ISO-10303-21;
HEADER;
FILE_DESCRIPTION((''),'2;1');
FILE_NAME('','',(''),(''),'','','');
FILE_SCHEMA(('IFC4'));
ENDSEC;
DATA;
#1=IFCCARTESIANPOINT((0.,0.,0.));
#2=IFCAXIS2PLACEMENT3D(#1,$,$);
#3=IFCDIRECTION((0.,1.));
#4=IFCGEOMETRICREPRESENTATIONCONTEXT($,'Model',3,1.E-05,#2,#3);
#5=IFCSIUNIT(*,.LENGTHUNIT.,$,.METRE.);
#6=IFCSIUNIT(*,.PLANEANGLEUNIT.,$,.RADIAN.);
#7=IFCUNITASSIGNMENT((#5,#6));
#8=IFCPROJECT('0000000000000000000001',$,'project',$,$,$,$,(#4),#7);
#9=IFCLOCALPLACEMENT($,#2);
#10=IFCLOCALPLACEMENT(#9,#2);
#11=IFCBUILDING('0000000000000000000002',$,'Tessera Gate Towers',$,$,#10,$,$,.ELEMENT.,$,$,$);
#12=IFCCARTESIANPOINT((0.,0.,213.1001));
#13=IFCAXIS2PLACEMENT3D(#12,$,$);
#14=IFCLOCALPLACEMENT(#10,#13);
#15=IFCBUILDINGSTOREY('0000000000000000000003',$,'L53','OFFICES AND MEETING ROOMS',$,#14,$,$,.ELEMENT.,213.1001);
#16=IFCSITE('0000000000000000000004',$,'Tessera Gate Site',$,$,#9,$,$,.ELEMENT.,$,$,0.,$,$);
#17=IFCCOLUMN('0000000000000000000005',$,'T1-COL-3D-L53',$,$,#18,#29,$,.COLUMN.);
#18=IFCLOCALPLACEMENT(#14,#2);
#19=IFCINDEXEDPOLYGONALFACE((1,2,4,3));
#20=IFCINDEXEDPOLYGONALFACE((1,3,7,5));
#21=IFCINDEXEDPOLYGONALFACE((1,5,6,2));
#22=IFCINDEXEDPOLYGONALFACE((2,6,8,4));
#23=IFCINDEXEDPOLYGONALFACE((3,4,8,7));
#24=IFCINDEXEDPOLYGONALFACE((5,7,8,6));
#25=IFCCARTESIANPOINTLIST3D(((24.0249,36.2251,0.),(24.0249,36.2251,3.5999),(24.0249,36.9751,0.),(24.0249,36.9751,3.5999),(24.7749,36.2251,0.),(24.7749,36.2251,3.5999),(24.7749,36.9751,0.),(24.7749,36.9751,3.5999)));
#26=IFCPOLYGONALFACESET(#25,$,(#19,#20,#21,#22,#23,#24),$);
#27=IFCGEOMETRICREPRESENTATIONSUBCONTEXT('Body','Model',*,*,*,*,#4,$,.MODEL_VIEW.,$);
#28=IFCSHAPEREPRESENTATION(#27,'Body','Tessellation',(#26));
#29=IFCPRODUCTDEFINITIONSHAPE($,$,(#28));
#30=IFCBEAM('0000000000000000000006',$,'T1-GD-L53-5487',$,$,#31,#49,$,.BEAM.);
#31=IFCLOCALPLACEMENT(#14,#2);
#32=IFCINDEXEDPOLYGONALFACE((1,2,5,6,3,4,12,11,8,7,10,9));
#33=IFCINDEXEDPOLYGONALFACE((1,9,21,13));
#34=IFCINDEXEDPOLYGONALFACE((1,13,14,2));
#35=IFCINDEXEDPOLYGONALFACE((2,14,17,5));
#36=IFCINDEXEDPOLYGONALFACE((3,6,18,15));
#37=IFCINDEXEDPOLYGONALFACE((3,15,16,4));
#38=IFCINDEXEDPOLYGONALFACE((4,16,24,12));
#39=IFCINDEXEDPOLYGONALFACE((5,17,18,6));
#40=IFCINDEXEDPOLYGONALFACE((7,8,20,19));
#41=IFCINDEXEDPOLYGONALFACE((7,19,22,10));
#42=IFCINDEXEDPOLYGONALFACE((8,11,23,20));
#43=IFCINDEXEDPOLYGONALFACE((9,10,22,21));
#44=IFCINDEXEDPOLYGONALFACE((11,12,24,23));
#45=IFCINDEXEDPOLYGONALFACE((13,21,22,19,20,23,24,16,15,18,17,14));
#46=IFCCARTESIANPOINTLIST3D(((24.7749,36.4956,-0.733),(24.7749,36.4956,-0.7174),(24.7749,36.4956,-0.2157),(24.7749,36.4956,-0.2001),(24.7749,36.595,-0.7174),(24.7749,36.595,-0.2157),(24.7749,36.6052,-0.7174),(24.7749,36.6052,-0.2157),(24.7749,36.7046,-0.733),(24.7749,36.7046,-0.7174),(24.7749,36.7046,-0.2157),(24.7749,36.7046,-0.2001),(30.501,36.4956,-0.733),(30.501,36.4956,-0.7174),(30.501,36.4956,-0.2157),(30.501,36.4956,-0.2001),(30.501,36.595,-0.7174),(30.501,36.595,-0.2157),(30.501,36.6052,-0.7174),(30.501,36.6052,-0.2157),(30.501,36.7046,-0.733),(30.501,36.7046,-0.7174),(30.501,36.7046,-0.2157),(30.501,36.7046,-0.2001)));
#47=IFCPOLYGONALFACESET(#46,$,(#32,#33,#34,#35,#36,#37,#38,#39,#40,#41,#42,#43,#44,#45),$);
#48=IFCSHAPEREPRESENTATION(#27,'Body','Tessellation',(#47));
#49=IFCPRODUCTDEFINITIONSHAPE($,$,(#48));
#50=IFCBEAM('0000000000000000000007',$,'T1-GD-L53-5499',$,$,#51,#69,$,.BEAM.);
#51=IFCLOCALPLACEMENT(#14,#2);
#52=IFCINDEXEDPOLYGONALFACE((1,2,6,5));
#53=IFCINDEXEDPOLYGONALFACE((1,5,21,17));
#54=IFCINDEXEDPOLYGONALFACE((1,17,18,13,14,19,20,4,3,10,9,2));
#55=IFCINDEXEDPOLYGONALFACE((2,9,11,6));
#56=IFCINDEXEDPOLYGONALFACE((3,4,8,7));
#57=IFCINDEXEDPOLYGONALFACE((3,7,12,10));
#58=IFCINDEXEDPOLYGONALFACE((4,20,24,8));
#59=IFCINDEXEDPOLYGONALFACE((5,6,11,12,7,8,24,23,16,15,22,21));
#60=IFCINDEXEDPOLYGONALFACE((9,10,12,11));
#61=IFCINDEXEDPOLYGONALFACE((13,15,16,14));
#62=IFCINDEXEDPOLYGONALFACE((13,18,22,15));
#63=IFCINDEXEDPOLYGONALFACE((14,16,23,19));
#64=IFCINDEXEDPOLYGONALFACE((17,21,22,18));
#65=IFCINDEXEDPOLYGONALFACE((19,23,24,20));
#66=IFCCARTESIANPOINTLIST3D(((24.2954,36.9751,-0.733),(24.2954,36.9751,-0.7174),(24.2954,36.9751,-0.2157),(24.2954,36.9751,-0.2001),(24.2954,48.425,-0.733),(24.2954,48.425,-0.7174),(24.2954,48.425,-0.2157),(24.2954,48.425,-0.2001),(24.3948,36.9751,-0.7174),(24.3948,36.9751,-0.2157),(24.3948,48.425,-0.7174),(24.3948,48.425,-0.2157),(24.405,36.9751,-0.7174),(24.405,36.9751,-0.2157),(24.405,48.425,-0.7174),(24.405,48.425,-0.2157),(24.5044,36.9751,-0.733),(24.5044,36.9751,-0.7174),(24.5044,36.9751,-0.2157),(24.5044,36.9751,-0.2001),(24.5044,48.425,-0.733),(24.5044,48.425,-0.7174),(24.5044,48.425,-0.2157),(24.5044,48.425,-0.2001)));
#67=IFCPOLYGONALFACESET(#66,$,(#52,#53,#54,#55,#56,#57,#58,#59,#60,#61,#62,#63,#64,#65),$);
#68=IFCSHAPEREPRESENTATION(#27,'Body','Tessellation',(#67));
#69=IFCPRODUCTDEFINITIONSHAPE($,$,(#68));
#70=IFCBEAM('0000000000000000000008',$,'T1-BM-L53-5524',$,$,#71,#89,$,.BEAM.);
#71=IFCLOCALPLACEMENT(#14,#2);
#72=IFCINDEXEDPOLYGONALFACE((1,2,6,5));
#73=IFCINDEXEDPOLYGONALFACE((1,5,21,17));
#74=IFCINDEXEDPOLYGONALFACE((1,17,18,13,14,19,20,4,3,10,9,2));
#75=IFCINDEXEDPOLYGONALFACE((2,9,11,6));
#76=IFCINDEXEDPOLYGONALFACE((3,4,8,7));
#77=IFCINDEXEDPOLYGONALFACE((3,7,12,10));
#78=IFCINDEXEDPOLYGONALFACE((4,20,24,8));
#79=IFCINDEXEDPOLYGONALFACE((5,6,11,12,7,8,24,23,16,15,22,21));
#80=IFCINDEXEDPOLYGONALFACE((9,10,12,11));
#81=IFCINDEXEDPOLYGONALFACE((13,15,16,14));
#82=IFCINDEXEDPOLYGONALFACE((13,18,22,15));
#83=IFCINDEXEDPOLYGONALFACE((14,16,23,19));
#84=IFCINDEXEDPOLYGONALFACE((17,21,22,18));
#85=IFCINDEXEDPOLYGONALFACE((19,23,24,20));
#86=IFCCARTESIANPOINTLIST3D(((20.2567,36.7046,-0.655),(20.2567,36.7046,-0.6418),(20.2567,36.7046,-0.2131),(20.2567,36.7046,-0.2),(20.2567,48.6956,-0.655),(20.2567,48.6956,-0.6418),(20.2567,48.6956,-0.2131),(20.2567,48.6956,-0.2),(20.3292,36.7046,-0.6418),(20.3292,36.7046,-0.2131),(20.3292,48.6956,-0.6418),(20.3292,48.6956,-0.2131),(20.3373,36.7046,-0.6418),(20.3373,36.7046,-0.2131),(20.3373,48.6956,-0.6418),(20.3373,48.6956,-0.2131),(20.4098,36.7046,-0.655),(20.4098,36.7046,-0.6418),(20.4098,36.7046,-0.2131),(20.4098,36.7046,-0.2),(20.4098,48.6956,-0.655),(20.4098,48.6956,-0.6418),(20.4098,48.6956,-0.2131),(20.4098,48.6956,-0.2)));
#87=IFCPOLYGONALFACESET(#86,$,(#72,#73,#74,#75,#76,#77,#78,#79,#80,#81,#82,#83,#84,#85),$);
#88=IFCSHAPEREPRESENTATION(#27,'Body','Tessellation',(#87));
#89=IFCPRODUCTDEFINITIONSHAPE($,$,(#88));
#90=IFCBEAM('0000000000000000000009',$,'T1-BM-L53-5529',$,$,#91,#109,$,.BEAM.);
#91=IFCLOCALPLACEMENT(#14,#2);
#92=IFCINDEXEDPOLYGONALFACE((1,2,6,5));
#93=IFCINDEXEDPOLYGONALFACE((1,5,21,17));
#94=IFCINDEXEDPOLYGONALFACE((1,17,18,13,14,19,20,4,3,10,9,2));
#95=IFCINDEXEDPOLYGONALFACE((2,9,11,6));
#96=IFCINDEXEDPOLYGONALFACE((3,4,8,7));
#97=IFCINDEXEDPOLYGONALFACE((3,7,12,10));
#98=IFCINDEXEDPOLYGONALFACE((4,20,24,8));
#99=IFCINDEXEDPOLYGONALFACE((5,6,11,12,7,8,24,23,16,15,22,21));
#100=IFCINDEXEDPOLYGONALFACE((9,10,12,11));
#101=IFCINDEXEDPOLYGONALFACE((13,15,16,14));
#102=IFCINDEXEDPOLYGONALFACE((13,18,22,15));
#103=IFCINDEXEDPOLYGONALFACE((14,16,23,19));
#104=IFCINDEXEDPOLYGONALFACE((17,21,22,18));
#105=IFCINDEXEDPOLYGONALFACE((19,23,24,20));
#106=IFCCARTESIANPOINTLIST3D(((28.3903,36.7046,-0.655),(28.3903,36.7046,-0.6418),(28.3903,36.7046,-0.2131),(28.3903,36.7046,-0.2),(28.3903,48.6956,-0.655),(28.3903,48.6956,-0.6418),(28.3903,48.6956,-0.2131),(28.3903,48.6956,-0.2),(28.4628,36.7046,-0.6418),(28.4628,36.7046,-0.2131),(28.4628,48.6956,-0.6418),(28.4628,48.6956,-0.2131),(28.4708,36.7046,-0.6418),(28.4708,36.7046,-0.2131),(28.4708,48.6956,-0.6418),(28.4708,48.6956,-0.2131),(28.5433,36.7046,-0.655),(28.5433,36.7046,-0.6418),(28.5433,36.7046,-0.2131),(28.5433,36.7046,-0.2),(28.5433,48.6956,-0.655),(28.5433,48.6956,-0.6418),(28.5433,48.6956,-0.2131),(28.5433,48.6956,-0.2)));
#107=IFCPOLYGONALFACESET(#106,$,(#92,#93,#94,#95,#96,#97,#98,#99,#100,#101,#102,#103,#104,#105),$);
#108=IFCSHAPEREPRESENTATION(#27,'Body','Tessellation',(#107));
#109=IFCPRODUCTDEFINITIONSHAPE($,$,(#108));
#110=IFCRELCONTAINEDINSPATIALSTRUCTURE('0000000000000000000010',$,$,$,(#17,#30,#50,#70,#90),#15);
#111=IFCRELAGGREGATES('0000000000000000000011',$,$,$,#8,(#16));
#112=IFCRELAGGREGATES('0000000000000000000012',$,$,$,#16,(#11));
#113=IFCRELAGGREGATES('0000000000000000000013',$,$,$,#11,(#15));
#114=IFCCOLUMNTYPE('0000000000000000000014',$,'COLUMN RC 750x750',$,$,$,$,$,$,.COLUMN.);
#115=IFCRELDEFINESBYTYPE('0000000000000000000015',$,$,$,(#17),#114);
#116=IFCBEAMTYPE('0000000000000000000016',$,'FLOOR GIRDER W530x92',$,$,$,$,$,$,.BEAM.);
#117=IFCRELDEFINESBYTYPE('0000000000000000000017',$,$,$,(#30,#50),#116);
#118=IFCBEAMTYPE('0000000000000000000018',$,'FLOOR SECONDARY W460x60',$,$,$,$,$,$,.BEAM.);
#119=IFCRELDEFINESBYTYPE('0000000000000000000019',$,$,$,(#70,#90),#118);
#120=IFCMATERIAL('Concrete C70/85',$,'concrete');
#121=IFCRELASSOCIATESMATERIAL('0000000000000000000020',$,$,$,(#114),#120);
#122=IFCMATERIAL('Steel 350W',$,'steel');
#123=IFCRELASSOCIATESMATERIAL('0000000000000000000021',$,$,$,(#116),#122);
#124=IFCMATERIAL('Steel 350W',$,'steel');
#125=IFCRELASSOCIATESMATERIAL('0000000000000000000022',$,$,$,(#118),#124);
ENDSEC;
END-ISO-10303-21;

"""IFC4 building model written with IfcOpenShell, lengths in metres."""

from ifc_helpers import new_model, si_unit, direction, frame, origin, origin_2d, place, context, subcontext, project, spatial, rectangle, i_section, extrude, material, material_profile, profile_set, type_object, element, save


model = new_model("IFC4")

# Units and contexts
model_context = context("Model", 3, precision=1e-05, world=origin(), true_north=direction((0.0, 1.0)))
body_context = subcontext(model_context, "Body", "Model", "MODEL_VIEW")
ifc_project = project(units=[si_unit("LENGTHUNIT", "METRE"), si_unit("PLANEANGLEUNIT", "RADIAN")], contexts=[model_context])

# Site, building, storey
site_placement = place(None, origin())
site = spatial("IfcSite", under=ifc_project, at=site_placement, Name="Tessera Gate Site", CompositionType="ELEMENT", RefElevation=0.0)
building_placement = place(site_placement, origin())
building = spatial("IfcBuilding", under=site, at=building_placement, Name="Tessera Gate Towers", CompositionType="ELEMENT")
storey_placement = place(building_placement, frame((0.0, 0.0, 213.1001)))
storey = spatial("IfcBuildingStorey", under=building, at=storey_placement, Name="L53", Description="OFFICES AND MEETING ROOMS", CompositionType="ELEMENT", Elevation=213.1001)

# Column
ifc_material_1 = material(Name="Concrete C70/85", Category="concrete")
ifc_material_profile_1 = material_profile(ifc_material_1, rectangle(XDim=0.75, YDim=0.75, at=origin_2d()), Name="RC 750x750")
ifc_profile_set_1 = profile_set([ifc_material_profile_1], Name="Concrete C70/85")
column_type = type_object("IfcColumnType", Name="COLUMN RC 750x750", PredefinedType="COLUMN", material=ifc_profile_set_1)
column_placement = place(storey_placement, frame((24.3999, 36.6001, 0.0), z_axis=(0.0, 0.0, 1.0), x_axis=(1.0, 0.0, 0.0)))
element("IfcColumn", 1, at=column_placement, inside=storey, type_object=column_type, Name="T1-COL-3D-L53", PredefinedType="COLUMN", context=body_context, shape_type="SweptSolid", body=[
    extrude(rectangle(XDim=0.75, YDim=0.75, at=origin_2d()), origin(), (0.0, 0.0, 1.0), 3.5999),
])

# Beams
ifc_material_2 = material(Name="Steel 350W", Category="steel")
ifc_material_profile_2 = material_profile(ifc_material_2, i_section(OverallWidth=0.209, OverallDepth=0.533, WebThickness=0.0103, FlangeThickness=0.0156, at=origin_2d()), Name="W530x92")
ifc_profile_set_2 = profile_set([ifc_material_profile_2], Name="Steel 350W")
beam_type_1 = type_object("IfcBeamType", Name="FLOOR GIRDER W530x92", PredefinedType="BEAM", material=ifc_profile_set_2)
beam_1_placement = place(storey_placement, frame((24.7749, 36.6001, -0.4666), z_axis=(1.0, 0.0, 0.0), x_axis=(0.0, 1.0, 0.0)))
element("IfcBeam", 2, at=beam_1_placement, inside=storey, type_object=beam_type_1, Name="T1-GD-L53-5487", PredefinedType="BEAM", context=body_context, shape_type="SweptSolid", body=[
    extrude(i_section(OverallWidth=0.209, OverallDepth=0.533, WebThickness=0.0103, FlangeThickness=0.0156, at=origin_2d()), origin(), (0.0, 0.0, 1.0), 5.7261),
])
beam_2_placement = place(storey_placement, frame((24.3999, 36.9751, -0.4666), z_axis=(0.0, 1.0, 0.0), x_axis=(-1.0, 0.0, 0.0)))
element("IfcBeam", 3, at=beam_2_placement, inside=storey, type_object=beam_type_1, Name="T1-GD-L53-5499", PredefinedType="BEAM", context=body_context, shape_type="SweptSolid", body=[
    extrude(i_section(OverallWidth=0.209, OverallDepth=0.533, WebThickness=0.0103, FlangeThickness=0.0156, at=origin_2d()), origin(), (0.0, 0.0, 1.0), 11.45),
])
ifc_material_3 = material(Name="Steel 350W", Category="steel")
ifc_material_profile_3 = material_profile(ifc_material_3, i_section(OverallWidth=0.1531, OverallDepth=0.4551, WebThickness=0.0081, FlangeThickness=0.0132, at=origin_2d()), Name="W460x60")
ifc_profile_set_3 = profile_set([ifc_material_profile_3], Name="Steel 350W")
beam_type_2 = type_object("IfcBeamType", Name="FLOOR SECONDARY W460x60", PredefinedType="BEAM", material=ifc_profile_set_3)
for number, where, z_axis, x_axis, name in (
    (4, (20.3333, 36.7046, -0.4275), (0.0, 1.0, 0.0), (-1.0, 0.0, 0.0), "T1-BM-L53-5524"),
    (5, (28.4668, 36.7046, -0.4275), (0.0, 1.0, 0.0), (-1.0, 0.0, 0.0), "T1-BM-L53-5529"),
):
    element("IfcBeam", number, at=place(storey_placement, frame(where, z_axis=z_axis, x_axis=x_axis)), inside=storey, type_object=beam_type_2, Name=name, PredefinedType="BEAM", context=body_context, shape_type="SweptSolid", body=[
        extrude(i_section(OverallWidth=0.1531, OverallDepth=0.4551, WebThickness=0.0081, FlangeThickness=0.0132, at=origin_2d()), origin(), (0.0, 0.0, 1.0), 11.991),
    ])

save(model, "model.ifc")
